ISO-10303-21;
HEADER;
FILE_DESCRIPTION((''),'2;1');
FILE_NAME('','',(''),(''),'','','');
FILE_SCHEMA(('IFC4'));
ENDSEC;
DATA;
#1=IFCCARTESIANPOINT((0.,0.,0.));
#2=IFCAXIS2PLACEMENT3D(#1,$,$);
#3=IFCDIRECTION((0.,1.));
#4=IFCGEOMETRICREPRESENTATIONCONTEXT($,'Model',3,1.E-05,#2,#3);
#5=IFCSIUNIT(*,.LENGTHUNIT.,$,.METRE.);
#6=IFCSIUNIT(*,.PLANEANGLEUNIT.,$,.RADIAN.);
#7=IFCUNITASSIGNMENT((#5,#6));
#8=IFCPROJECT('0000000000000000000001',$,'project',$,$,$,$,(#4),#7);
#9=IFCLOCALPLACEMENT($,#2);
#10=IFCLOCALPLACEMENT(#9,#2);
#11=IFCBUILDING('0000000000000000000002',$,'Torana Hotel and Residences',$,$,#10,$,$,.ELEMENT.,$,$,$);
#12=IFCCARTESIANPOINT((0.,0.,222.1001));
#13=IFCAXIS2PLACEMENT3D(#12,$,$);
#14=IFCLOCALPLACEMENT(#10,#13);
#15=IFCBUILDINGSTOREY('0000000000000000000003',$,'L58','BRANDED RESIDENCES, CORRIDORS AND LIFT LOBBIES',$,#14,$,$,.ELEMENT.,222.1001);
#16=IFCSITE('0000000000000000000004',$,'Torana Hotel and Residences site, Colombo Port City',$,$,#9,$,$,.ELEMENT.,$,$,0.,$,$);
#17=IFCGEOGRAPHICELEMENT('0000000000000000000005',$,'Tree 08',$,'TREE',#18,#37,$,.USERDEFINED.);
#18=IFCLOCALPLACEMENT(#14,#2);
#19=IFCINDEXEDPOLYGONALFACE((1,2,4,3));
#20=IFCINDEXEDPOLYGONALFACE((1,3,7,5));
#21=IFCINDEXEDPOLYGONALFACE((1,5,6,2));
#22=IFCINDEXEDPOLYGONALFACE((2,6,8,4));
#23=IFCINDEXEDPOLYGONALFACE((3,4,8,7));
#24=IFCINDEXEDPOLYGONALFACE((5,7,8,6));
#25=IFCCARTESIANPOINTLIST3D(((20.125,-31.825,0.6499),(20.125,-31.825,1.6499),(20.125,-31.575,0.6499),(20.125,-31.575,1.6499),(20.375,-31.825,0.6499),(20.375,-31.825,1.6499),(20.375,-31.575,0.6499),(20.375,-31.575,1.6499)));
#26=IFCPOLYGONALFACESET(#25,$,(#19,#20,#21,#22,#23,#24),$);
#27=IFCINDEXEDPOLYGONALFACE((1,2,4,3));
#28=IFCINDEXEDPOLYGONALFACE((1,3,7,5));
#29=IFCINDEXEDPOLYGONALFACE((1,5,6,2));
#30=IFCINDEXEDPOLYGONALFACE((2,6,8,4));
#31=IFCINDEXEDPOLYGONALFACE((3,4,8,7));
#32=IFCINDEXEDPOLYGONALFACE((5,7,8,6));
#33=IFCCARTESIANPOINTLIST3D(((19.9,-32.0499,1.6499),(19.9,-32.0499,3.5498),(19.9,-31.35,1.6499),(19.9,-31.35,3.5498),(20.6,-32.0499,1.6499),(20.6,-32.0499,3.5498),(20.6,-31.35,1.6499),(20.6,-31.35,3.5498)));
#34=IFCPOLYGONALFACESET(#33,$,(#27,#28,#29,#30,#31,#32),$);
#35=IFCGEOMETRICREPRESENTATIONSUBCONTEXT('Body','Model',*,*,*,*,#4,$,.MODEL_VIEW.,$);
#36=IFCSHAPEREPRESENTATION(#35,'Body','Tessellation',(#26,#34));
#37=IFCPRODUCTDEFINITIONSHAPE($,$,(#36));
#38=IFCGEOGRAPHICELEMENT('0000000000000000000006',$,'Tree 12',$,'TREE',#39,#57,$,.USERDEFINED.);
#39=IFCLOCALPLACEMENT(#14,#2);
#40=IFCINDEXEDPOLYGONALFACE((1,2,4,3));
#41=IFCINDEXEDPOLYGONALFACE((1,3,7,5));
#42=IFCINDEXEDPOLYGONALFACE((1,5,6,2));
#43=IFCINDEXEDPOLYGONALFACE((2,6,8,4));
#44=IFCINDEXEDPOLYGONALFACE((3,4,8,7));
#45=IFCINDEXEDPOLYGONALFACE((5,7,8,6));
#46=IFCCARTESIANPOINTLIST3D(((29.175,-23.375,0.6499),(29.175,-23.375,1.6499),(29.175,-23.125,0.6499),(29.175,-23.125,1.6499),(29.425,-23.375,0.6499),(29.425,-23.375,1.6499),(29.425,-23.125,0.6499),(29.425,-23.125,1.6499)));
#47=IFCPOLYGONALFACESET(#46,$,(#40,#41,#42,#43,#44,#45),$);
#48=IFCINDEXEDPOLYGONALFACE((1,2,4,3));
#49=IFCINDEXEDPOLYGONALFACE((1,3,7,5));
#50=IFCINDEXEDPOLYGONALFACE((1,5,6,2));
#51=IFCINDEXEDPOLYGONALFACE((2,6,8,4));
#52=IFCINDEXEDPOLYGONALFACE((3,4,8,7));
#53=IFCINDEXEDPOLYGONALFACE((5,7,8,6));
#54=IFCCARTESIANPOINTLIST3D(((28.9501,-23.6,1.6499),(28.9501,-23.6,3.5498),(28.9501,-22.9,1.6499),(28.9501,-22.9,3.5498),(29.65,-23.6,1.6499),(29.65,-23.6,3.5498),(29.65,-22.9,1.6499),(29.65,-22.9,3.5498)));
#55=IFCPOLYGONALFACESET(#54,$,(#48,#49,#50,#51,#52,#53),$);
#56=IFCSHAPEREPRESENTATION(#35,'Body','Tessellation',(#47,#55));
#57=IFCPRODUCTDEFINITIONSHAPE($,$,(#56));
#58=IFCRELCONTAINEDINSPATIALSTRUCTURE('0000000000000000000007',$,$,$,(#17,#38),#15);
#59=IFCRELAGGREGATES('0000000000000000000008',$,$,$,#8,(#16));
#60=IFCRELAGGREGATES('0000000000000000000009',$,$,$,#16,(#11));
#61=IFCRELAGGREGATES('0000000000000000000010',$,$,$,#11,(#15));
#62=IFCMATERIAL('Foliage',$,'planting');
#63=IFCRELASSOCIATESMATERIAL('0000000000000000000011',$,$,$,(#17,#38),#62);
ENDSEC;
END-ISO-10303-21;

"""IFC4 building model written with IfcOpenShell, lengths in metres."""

from ifc_helpers import new_model, si_unit, direction, frame, origin, origin_2d, place, context, subcontext, project, spatial, rectangle, extrude, material, element, save


model = new_model("IFC4")

# Units and contexts
model_context = context("Model", 3, precision=1e-05, world=origin(), true_north=direction((0.0, 1.0)))
body_context = subcontext(model_context, "Body", "Model", "MODEL_VIEW")
ifc_project = project(units=[si_unit("LENGTHUNIT", "METRE"), si_unit("PLANEANGLEUNIT", "RADIAN")], contexts=[model_context])

# Site, building, storey
site_placement = place(None, origin())
site = spatial("IfcSite", under=ifc_project, at=site_placement, Name="Torana Hotel and Residences site, Colombo Port City", CompositionType="ELEMENT", RefElevation=0.0)
building_placement = place(site_placement, origin())
building = spatial("IfcBuilding", under=site, at=building_placement, Name="Torana Hotel and Residences", CompositionType="ELEMENT")
storey_placement = place(building_placement, frame((0.0, 0.0, 222.1001)))
storey = spatial("IfcBuildingStorey", under=building, at=storey_placement, Name="L58", Description="BRANDED RESIDENCES, CORRIDORS AND LIFT LOBBIES", CompositionType="ELEMENT", Elevation=222.1001)

# Geographic elements
ifc_material_1 = material(Name="Foliage", Category="planting")
for number, where, z_axis, x_axis, name in (
    (1, (20.25, -31.7, 0.6499), (0.0, 0.0, 1.0), (1.0, 0.0, 0.0), "Tree 08"),
    (2, (29.3, -23.25, 0.6499), (0.0, 0.0, 1.0), (1.0, 0.0, 0.0), "Tree 12"),
):
    element("IfcGeographicElement", number, at=place(storey_placement, frame(where, z_axis=z_axis, x_axis=x_axis)), inside=storey, material=ifc_material_1, Name=name, ObjectType="TREE", PredefinedType="USERDEFINED", context=body_context, shape_type="SweptSolid", body=[
        extrude(rectangle(XDim=0.25, YDim=0.25, at=origin_2d()), origin(), (0.0, 0.0, 1.0), 1.0),
        extrude(rectangle(XDim=0.7, YDim=0.7, at=origin_2d()), frame((0.0, 0.0, 1.0)), (0.0, 0.0, 1.0), 1.8999),
    ])

save(model, "model.ifc")
